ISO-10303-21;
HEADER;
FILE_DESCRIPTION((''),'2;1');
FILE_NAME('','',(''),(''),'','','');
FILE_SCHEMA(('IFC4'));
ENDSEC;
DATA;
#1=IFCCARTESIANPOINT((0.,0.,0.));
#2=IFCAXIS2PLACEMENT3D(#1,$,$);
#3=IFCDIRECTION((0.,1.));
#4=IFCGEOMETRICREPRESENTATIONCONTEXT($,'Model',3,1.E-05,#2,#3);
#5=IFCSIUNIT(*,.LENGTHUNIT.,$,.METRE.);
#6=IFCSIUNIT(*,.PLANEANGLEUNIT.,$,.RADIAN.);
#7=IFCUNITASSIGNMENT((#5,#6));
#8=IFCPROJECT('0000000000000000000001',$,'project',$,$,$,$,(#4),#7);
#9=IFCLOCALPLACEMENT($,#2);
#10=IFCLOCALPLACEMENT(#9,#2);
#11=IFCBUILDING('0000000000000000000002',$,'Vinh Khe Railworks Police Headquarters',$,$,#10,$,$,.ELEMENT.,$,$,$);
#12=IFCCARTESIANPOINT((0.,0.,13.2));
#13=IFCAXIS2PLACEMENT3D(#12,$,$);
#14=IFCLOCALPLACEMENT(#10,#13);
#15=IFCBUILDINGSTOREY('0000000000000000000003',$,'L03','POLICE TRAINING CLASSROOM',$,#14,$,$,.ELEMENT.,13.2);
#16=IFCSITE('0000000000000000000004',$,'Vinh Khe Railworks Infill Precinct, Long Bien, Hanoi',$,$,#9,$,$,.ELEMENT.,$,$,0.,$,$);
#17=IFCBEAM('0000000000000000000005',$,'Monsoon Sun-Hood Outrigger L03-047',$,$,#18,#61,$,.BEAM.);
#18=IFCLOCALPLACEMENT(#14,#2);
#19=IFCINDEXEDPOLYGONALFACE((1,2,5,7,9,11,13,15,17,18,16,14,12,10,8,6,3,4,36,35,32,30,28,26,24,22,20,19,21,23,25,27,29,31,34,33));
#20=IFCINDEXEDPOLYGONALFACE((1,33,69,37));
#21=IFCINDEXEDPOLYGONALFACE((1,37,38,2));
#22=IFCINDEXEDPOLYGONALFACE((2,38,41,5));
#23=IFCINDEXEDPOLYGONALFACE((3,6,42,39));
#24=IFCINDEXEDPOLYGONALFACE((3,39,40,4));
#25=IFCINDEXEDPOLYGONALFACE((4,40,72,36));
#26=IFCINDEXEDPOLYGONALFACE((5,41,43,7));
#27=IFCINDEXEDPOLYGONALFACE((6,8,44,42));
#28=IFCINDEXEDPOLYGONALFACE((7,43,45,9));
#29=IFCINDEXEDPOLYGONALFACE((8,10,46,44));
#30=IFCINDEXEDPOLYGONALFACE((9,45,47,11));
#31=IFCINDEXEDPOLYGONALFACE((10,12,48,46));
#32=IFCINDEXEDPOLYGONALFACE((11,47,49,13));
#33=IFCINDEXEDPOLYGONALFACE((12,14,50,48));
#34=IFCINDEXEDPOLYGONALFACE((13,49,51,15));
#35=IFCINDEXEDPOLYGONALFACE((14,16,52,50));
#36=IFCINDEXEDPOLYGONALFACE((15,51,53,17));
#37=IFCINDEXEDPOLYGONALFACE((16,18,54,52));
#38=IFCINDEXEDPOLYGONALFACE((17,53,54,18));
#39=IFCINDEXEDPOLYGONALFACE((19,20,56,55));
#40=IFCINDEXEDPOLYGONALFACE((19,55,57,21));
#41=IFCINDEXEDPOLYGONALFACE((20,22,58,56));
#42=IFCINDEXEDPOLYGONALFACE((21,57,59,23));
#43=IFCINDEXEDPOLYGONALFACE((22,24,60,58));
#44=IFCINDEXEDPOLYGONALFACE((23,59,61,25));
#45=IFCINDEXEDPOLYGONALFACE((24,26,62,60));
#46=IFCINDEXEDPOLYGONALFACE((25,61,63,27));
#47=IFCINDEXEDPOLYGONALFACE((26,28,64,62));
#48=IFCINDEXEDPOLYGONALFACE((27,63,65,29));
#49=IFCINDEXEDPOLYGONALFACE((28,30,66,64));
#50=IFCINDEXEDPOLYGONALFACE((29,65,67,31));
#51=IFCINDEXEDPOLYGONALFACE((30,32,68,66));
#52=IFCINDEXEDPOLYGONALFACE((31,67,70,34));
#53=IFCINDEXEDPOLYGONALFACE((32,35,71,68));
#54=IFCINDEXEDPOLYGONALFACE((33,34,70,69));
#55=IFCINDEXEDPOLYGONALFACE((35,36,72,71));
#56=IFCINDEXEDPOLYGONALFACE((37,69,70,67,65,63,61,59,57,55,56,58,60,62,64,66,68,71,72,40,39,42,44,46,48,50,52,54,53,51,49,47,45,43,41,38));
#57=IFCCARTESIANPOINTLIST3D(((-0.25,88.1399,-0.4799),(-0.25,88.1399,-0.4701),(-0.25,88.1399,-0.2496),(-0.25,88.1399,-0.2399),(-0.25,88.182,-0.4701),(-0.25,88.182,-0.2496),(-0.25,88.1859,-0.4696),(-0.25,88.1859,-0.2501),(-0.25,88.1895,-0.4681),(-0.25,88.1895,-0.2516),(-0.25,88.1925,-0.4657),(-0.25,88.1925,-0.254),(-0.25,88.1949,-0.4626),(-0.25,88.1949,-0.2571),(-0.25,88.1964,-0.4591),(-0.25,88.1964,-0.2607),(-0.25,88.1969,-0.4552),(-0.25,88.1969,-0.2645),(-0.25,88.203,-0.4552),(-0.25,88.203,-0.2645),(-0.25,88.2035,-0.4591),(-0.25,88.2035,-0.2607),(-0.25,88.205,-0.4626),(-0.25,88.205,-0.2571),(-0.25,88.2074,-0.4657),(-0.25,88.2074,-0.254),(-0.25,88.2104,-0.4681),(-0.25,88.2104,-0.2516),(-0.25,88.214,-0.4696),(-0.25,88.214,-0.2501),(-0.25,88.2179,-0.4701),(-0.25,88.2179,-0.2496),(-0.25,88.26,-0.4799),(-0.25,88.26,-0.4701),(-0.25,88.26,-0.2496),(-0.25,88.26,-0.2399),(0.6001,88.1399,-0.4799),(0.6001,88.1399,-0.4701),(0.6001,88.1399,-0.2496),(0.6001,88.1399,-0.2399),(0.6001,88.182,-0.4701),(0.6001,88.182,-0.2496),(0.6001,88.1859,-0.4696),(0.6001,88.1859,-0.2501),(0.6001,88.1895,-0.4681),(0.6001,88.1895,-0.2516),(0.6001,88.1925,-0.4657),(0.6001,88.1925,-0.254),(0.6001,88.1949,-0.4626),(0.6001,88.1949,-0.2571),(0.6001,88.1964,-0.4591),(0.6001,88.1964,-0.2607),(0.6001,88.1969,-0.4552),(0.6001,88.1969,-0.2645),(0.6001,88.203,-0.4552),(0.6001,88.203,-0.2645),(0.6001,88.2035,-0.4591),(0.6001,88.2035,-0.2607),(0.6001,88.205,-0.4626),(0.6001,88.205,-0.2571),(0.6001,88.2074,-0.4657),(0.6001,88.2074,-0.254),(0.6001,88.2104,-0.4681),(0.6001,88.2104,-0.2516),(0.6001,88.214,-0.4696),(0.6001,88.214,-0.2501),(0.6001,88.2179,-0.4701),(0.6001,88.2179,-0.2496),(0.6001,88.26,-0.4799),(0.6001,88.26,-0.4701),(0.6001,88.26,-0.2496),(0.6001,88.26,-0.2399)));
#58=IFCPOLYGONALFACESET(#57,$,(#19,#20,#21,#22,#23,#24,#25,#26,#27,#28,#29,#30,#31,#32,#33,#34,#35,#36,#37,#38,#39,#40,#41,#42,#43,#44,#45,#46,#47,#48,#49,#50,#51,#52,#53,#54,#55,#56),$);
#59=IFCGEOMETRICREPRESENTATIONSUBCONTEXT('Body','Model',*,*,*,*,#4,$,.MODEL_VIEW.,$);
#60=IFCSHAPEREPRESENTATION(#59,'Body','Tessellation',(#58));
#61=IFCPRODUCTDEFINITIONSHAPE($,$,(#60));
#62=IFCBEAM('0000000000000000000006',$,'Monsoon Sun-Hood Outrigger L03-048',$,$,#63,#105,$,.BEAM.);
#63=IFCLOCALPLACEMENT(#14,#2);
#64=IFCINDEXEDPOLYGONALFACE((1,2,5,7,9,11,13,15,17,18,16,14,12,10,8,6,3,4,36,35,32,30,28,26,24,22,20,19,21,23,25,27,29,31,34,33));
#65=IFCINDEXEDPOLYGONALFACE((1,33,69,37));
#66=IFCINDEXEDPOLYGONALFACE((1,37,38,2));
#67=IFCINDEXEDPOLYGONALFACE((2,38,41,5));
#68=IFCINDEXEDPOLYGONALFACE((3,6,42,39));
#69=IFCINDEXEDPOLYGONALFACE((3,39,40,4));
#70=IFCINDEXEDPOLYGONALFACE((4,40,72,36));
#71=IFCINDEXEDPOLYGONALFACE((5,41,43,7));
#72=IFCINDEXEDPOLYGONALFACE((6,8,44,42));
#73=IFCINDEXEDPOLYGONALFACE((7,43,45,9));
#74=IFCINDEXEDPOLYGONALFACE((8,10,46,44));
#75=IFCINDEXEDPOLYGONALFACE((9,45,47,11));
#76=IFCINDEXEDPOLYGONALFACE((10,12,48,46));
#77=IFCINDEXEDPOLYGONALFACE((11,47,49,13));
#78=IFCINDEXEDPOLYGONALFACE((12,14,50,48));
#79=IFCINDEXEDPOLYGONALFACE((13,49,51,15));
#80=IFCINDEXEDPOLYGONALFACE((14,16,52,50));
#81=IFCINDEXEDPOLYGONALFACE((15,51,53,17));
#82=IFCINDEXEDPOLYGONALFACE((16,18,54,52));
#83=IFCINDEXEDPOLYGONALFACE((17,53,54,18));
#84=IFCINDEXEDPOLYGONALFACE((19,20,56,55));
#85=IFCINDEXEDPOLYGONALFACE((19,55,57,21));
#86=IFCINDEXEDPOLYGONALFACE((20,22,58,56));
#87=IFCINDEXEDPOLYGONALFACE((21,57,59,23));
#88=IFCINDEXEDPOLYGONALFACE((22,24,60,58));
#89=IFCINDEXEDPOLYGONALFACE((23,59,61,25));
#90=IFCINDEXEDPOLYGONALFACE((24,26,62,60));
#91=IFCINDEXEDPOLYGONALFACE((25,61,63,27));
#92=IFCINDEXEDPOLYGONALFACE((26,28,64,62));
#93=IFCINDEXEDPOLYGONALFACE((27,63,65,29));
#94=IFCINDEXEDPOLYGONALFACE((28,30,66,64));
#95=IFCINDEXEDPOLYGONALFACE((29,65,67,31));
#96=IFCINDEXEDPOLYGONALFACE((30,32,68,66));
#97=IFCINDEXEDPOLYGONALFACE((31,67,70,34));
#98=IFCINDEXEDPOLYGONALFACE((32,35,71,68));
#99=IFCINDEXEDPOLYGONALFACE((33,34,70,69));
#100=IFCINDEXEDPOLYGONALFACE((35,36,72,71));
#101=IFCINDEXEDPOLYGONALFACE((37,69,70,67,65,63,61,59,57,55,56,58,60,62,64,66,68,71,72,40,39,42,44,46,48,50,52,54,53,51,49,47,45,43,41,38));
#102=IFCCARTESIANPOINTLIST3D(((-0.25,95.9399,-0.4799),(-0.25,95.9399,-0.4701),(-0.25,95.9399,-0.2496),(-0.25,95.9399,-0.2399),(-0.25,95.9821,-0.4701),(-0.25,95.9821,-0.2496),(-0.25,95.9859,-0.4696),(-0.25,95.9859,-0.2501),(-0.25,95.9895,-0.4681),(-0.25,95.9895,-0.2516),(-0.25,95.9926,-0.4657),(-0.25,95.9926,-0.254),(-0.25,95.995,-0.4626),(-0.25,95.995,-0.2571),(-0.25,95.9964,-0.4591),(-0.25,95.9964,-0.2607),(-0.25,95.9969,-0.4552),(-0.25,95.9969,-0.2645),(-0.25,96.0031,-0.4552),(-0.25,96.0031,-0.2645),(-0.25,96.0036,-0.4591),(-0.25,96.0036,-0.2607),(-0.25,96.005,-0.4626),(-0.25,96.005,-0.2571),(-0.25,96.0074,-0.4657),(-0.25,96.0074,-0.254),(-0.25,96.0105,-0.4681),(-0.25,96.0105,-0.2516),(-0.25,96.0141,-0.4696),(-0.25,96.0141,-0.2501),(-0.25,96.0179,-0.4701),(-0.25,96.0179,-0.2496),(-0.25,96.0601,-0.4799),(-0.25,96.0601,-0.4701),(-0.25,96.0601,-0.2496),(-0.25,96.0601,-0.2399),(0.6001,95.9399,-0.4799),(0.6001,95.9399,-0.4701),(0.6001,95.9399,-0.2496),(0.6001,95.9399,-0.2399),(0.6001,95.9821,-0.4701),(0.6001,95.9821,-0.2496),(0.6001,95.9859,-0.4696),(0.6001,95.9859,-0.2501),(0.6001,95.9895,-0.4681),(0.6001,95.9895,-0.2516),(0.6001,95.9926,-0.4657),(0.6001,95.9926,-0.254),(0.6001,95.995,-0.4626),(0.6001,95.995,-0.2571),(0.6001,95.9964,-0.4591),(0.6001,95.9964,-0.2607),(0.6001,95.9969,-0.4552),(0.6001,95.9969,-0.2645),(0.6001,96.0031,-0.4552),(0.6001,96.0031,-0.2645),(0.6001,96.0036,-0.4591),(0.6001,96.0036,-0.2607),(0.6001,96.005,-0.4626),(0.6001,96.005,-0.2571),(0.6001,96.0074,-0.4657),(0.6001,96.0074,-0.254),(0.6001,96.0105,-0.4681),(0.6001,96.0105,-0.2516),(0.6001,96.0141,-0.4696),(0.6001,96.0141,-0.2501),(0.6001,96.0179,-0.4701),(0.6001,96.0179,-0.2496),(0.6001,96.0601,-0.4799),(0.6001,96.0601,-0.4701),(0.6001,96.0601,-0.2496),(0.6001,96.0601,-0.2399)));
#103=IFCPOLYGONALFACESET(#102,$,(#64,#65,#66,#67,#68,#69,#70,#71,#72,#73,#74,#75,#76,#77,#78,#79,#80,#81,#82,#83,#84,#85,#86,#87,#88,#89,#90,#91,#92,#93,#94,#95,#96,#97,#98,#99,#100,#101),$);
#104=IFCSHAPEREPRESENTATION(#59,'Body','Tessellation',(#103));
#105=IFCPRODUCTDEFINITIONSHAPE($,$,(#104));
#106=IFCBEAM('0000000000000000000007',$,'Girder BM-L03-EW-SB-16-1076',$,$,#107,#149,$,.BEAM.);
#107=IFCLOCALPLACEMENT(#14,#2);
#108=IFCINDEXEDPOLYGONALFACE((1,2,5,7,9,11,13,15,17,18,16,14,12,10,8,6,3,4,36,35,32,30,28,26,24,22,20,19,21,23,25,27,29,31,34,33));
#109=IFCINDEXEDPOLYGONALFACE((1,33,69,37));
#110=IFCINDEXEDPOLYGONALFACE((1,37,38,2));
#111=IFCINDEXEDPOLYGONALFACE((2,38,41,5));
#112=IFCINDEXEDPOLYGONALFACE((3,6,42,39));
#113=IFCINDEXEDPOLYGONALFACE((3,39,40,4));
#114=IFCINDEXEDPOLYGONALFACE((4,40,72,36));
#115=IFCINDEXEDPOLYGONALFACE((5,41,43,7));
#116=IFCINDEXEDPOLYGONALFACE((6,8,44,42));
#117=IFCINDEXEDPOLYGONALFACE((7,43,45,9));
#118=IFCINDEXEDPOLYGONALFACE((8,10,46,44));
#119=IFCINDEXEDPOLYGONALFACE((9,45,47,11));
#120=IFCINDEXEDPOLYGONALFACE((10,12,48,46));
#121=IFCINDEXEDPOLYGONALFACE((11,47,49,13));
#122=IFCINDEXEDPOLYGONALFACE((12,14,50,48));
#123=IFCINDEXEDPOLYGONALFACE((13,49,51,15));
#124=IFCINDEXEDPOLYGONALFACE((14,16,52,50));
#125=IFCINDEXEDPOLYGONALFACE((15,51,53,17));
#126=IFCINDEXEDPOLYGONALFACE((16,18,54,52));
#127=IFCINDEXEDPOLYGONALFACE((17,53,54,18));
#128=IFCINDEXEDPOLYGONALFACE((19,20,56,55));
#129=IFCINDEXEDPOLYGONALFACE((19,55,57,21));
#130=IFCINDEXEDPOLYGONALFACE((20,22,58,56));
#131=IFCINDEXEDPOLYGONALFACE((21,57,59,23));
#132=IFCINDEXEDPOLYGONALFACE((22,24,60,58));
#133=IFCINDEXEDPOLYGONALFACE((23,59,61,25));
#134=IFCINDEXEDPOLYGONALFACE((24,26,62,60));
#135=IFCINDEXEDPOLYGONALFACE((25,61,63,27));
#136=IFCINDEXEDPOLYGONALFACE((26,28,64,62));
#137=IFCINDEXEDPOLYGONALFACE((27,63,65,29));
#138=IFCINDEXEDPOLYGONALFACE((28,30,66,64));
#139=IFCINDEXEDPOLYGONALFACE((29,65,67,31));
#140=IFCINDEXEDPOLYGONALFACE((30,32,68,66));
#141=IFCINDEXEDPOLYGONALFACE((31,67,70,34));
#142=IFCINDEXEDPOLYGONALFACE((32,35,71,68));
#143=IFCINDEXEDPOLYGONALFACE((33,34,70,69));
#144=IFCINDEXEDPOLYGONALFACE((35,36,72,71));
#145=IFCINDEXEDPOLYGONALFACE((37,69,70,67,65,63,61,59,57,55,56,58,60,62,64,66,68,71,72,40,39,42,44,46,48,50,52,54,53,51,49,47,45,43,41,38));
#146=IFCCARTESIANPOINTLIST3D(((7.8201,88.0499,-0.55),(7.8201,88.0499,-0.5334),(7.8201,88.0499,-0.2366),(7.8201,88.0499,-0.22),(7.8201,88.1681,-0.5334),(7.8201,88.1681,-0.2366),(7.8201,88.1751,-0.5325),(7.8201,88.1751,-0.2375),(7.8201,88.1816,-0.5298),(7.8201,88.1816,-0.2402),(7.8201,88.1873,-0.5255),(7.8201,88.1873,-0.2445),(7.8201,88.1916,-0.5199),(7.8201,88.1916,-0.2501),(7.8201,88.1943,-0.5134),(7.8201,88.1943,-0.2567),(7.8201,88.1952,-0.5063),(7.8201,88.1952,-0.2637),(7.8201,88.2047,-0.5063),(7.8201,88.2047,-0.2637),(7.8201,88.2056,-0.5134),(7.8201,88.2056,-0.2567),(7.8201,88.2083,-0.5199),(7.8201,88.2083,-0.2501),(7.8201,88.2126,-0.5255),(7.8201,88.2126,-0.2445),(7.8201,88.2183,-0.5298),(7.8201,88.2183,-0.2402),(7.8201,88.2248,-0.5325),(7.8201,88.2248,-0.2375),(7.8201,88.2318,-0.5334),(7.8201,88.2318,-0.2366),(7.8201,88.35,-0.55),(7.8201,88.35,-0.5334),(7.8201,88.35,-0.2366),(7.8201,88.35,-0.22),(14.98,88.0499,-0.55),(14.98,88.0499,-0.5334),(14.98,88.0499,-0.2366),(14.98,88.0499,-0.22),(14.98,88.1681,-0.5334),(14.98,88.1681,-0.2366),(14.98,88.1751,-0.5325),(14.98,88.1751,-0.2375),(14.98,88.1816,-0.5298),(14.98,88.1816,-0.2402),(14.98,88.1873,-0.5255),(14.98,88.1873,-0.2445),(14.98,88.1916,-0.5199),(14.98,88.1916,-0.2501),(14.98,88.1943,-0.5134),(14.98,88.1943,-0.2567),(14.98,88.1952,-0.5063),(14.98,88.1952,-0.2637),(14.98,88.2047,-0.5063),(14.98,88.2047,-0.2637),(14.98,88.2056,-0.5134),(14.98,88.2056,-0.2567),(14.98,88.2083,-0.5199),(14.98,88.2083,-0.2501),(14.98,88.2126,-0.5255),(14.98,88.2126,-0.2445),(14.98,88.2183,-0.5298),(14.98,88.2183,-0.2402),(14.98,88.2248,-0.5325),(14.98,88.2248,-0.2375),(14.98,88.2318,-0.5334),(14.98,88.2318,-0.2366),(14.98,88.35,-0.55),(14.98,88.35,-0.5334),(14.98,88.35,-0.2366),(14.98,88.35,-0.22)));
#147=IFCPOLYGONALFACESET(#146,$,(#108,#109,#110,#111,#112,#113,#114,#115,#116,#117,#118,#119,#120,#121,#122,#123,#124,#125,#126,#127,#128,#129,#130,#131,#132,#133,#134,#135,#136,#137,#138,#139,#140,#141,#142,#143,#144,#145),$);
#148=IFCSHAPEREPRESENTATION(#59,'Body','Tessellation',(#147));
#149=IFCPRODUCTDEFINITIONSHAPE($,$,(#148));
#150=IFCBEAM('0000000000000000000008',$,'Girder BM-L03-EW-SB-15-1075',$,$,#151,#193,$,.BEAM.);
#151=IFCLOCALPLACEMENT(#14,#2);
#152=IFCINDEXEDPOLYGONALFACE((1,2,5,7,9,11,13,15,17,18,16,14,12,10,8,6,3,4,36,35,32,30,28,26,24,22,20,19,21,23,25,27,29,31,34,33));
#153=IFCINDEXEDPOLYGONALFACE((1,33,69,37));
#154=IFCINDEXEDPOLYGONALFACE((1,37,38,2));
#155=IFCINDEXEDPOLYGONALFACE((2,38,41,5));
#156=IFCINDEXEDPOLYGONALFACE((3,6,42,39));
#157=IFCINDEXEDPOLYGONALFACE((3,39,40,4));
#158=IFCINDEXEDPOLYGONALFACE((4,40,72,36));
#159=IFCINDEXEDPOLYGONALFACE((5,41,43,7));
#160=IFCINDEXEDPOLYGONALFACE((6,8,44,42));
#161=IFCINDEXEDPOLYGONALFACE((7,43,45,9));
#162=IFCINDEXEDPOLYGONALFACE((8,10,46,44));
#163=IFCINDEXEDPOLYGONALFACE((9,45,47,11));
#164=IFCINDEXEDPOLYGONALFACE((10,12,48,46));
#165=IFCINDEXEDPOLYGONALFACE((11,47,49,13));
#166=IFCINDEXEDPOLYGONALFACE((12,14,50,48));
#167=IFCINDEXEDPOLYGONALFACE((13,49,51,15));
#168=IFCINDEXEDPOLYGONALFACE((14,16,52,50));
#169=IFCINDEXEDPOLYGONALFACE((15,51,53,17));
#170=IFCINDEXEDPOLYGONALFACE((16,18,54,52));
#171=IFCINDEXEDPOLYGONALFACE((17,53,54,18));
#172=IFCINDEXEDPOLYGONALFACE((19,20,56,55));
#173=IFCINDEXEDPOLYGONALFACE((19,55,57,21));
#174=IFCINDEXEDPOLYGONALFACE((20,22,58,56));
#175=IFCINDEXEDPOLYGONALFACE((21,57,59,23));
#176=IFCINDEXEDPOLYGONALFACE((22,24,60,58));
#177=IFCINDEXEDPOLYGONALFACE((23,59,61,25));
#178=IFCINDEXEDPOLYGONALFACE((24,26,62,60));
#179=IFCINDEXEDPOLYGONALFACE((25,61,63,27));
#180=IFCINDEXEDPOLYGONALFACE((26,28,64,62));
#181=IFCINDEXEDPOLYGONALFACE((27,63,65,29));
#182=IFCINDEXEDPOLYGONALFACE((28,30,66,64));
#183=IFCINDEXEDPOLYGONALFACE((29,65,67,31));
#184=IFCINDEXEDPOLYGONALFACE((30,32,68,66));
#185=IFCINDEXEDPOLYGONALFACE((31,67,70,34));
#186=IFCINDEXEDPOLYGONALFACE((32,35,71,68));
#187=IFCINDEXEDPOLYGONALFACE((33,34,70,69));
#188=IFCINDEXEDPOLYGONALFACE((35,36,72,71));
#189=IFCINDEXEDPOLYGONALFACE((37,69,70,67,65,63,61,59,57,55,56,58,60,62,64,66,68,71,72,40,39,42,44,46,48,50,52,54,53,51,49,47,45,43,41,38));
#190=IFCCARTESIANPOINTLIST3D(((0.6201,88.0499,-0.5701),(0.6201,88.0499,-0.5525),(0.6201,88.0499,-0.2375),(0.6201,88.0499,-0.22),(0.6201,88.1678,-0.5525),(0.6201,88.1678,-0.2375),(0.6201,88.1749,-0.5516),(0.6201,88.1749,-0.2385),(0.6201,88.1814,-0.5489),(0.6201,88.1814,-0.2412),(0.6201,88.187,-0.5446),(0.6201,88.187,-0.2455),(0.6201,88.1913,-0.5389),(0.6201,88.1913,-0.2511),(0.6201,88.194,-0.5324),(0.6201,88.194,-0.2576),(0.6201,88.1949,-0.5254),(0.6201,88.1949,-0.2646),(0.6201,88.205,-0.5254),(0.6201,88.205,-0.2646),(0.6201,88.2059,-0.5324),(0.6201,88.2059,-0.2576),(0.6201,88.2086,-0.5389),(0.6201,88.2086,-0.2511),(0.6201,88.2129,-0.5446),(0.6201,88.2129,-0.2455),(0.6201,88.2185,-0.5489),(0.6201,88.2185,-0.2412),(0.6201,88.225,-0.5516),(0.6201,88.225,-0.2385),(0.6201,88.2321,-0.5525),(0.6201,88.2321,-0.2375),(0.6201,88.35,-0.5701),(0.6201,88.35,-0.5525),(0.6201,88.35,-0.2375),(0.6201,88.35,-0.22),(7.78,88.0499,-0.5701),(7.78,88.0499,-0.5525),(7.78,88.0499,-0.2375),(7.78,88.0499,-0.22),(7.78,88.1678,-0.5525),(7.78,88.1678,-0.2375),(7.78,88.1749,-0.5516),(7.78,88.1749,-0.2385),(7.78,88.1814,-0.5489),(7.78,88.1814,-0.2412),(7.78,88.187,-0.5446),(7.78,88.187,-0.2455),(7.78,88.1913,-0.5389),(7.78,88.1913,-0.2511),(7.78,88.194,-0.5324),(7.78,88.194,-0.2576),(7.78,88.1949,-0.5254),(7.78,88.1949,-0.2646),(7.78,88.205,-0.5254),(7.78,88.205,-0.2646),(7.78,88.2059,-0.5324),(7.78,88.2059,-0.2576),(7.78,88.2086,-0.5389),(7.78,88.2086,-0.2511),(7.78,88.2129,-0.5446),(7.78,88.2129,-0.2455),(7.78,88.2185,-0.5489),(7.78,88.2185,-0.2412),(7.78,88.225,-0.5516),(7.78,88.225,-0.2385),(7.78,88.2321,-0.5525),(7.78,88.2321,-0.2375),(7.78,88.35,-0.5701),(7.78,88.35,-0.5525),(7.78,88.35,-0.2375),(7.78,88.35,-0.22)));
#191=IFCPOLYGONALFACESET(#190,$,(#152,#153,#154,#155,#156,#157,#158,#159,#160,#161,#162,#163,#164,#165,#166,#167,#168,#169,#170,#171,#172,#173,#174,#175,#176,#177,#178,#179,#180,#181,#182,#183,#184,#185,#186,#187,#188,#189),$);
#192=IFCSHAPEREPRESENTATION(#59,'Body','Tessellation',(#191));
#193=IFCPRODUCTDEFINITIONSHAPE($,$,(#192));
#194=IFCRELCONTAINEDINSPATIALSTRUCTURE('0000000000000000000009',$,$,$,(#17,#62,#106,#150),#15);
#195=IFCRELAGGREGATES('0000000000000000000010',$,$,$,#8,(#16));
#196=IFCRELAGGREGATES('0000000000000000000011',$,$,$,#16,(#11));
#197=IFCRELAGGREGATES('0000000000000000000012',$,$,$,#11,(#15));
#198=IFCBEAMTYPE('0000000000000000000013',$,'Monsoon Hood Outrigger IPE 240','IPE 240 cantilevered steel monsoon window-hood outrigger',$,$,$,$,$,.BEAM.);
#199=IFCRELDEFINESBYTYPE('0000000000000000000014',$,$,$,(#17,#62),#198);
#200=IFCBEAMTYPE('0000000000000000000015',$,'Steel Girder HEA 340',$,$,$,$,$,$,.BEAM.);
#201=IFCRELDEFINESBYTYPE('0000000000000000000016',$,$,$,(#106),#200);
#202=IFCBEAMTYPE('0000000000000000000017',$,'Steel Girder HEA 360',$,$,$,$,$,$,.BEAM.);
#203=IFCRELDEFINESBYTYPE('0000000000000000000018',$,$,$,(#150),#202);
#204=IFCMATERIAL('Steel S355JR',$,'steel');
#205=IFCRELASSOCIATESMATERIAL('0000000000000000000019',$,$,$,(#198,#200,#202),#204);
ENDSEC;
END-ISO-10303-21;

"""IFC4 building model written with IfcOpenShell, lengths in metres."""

from ifc_helpers import new_model, si_unit, direction, frame, origin, origin_2d, place, context, subcontext, project, spatial, i_section, extrude, material, material_profile, profile_set, type_object, element, save


model = new_model("IFC4")

# Units and contexts
model_context = context("Model", 3, precision=1e-05, world=origin(), true_north=direction((0.0, 1.0)))
body_context = subcontext(model_context, "Body", "Model", "MODEL_VIEW")
ifc_project = project(units=[si_unit("LENGTHUNIT", "METRE"), si_unit("PLANEANGLEUNIT", "RADIAN")], contexts=[model_context])

# Site, building, storey
site_placement = place(None, origin())
site = spatial("IfcSite", under=ifc_project, at=site_placement, Name="Vinh Khe Railworks Infill Precinct, Long Bien, Hanoi", CompositionType="ELEMENT", RefElevation=0.0)
building_placement = place(site_placement, origin())
building = spatial("IfcBuilding", under=site, at=building_placement, Name="Vinh Khe Railworks Police Headquarters", CompositionType="ELEMENT")
storey_placement = place(building_placement, frame((0.0, 0.0, 13.2)))
storey = spatial("IfcBuildingStorey", under=building, at=storey_placement, Name="L03", Description="POLICE TRAINING CLASSROOM", CompositionType="ELEMENT", Elevation=13.2)

# Shared definitions
ifc_material_1 = material(Name="Steel S355JR", Category="steel")

# Beams
ifc_material_profile_1 = material_profile(ifc_material_1, i_section(OverallWidth=0.1201, OverallDepth=0.24, WebThickness=0.0061, FlangeThickness=0.0098, FilletRadius=0.0149, at=origin_2d()), Name="IPE 240")
ifc_profile_set_1 = profile_set([ifc_material_profile_1], Name="Steel S355JR")
beam_type_1 = type_object("IfcBeamType", Name="Monsoon Hood Outrigger IPE 240", Description="IPE 240 cantilevered steel monsoon window-hood outrigger", PredefinedType="BEAM", material=ifc_profile_set_1)
for number, where, z_axis, x_axis, name in (
    (1, (-0.25, 88.2, -0.3599), (1.0, 0.0, 0.0), (0.0, 1.0, 0.0), "Monsoon Sun-Hood Outrigger L03-047"),
    (2, (-0.25, 96.0, -0.3599), (1.0, 0.0, 0.0), (0.0, 1.0, 0.0), "Monsoon Sun-Hood Outrigger L03-048"),
):
    element("IfcBeam", number, at=place(storey_placement, frame(where, z_axis=z_axis, x_axis=x_axis)), inside=storey, type_object=beam_type_1, Name=name, PredefinedType="BEAM", context=body_context, shape_type="SweptSolid", body=[
        extrude(i_section(OverallWidth=0.1201, OverallDepth=0.24, WebThickness=0.0061, FlangeThickness=0.0098, FilletRadius=0.0149, at=origin_2d()), origin(), (0.0, 0.0, 1.0), 0.8501),
    ])
ifc_material_profile_2 = material_profile(ifc_material_1, i_section(OverallWidth=0.3, OverallDepth=0.3301, WebThickness=0.0095, FlangeThickness=0.0166, FilletRadius=0.0271, at=origin_2d()), Name="HEA 340")
ifc_profile_set_2 = profile_set([ifc_material_profile_2], Name="Steel S355JR")
beam_type_2 = type_object("IfcBeamType", Name="Steel Girder HEA 340", PredefinedType="BEAM", material=ifc_profile_set_2)
beam_1_placement = place(storey_placement, frame((7.8201, 88.2, -0.385), z_axis=(1.0, 0.0, 0.0), x_axis=(0.0, 1.0, 0.0)))
element("IfcBeam", 3, at=beam_1_placement, inside=storey, type_object=beam_type_2, Name="Girder BM-L03-EW-SB-16-1076", PredefinedType="BEAM", context=body_context, shape_type="SweptSolid", body=[
    extrude(i_section(OverallWidth=0.3, OverallDepth=0.3301, WebThickness=0.0095, FlangeThickness=0.0166, FilletRadius=0.0271, at=origin_2d()), origin(), (0.0, 0.0, 1.0), 7.1599),
])
ifc_material_profile_3 = material_profile(ifc_material_1, i_section(OverallWidth=0.3, OverallDepth=0.3501, WebThickness=0.01, FlangeThickness=0.0176, FilletRadius=0.0271, at=origin_2d()), Name="HEA 360")
ifc_profile_set_3 = profile_set([ifc_material_profile_3], Name="Steel S355JR")
beam_type_3 = type_object("IfcBeamType", Name="Steel Girder HEA 360", PredefinedType="BEAM", material=ifc_profile_set_3)
beam_2_placement = place(storey_placement, frame((0.6201, 88.2, -0.395), z_axis=(1.0, 0.0, 0.0), x_axis=(0.0, 1.0, 0.0)))
element("IfcBeam", 4, at=beam_2_placement, inside=storey, type_object=beam_type_3, Name="Girder BM-L03-EW-SB-15-1075", PredefinedType="BEAM", context=body_context, shape_type="SweptSolid", body=[
    extrude(i_section(OverallWidth=0.3, OverallDepth=0.3501, WebThickness=0.01, FlangeThickness=0.0176, FilletRadius=0.0271, at=origin_2d()), origin(), (0.0, 0.0, 1.0), 7.1599),
])

save(model, "model.ifc")
